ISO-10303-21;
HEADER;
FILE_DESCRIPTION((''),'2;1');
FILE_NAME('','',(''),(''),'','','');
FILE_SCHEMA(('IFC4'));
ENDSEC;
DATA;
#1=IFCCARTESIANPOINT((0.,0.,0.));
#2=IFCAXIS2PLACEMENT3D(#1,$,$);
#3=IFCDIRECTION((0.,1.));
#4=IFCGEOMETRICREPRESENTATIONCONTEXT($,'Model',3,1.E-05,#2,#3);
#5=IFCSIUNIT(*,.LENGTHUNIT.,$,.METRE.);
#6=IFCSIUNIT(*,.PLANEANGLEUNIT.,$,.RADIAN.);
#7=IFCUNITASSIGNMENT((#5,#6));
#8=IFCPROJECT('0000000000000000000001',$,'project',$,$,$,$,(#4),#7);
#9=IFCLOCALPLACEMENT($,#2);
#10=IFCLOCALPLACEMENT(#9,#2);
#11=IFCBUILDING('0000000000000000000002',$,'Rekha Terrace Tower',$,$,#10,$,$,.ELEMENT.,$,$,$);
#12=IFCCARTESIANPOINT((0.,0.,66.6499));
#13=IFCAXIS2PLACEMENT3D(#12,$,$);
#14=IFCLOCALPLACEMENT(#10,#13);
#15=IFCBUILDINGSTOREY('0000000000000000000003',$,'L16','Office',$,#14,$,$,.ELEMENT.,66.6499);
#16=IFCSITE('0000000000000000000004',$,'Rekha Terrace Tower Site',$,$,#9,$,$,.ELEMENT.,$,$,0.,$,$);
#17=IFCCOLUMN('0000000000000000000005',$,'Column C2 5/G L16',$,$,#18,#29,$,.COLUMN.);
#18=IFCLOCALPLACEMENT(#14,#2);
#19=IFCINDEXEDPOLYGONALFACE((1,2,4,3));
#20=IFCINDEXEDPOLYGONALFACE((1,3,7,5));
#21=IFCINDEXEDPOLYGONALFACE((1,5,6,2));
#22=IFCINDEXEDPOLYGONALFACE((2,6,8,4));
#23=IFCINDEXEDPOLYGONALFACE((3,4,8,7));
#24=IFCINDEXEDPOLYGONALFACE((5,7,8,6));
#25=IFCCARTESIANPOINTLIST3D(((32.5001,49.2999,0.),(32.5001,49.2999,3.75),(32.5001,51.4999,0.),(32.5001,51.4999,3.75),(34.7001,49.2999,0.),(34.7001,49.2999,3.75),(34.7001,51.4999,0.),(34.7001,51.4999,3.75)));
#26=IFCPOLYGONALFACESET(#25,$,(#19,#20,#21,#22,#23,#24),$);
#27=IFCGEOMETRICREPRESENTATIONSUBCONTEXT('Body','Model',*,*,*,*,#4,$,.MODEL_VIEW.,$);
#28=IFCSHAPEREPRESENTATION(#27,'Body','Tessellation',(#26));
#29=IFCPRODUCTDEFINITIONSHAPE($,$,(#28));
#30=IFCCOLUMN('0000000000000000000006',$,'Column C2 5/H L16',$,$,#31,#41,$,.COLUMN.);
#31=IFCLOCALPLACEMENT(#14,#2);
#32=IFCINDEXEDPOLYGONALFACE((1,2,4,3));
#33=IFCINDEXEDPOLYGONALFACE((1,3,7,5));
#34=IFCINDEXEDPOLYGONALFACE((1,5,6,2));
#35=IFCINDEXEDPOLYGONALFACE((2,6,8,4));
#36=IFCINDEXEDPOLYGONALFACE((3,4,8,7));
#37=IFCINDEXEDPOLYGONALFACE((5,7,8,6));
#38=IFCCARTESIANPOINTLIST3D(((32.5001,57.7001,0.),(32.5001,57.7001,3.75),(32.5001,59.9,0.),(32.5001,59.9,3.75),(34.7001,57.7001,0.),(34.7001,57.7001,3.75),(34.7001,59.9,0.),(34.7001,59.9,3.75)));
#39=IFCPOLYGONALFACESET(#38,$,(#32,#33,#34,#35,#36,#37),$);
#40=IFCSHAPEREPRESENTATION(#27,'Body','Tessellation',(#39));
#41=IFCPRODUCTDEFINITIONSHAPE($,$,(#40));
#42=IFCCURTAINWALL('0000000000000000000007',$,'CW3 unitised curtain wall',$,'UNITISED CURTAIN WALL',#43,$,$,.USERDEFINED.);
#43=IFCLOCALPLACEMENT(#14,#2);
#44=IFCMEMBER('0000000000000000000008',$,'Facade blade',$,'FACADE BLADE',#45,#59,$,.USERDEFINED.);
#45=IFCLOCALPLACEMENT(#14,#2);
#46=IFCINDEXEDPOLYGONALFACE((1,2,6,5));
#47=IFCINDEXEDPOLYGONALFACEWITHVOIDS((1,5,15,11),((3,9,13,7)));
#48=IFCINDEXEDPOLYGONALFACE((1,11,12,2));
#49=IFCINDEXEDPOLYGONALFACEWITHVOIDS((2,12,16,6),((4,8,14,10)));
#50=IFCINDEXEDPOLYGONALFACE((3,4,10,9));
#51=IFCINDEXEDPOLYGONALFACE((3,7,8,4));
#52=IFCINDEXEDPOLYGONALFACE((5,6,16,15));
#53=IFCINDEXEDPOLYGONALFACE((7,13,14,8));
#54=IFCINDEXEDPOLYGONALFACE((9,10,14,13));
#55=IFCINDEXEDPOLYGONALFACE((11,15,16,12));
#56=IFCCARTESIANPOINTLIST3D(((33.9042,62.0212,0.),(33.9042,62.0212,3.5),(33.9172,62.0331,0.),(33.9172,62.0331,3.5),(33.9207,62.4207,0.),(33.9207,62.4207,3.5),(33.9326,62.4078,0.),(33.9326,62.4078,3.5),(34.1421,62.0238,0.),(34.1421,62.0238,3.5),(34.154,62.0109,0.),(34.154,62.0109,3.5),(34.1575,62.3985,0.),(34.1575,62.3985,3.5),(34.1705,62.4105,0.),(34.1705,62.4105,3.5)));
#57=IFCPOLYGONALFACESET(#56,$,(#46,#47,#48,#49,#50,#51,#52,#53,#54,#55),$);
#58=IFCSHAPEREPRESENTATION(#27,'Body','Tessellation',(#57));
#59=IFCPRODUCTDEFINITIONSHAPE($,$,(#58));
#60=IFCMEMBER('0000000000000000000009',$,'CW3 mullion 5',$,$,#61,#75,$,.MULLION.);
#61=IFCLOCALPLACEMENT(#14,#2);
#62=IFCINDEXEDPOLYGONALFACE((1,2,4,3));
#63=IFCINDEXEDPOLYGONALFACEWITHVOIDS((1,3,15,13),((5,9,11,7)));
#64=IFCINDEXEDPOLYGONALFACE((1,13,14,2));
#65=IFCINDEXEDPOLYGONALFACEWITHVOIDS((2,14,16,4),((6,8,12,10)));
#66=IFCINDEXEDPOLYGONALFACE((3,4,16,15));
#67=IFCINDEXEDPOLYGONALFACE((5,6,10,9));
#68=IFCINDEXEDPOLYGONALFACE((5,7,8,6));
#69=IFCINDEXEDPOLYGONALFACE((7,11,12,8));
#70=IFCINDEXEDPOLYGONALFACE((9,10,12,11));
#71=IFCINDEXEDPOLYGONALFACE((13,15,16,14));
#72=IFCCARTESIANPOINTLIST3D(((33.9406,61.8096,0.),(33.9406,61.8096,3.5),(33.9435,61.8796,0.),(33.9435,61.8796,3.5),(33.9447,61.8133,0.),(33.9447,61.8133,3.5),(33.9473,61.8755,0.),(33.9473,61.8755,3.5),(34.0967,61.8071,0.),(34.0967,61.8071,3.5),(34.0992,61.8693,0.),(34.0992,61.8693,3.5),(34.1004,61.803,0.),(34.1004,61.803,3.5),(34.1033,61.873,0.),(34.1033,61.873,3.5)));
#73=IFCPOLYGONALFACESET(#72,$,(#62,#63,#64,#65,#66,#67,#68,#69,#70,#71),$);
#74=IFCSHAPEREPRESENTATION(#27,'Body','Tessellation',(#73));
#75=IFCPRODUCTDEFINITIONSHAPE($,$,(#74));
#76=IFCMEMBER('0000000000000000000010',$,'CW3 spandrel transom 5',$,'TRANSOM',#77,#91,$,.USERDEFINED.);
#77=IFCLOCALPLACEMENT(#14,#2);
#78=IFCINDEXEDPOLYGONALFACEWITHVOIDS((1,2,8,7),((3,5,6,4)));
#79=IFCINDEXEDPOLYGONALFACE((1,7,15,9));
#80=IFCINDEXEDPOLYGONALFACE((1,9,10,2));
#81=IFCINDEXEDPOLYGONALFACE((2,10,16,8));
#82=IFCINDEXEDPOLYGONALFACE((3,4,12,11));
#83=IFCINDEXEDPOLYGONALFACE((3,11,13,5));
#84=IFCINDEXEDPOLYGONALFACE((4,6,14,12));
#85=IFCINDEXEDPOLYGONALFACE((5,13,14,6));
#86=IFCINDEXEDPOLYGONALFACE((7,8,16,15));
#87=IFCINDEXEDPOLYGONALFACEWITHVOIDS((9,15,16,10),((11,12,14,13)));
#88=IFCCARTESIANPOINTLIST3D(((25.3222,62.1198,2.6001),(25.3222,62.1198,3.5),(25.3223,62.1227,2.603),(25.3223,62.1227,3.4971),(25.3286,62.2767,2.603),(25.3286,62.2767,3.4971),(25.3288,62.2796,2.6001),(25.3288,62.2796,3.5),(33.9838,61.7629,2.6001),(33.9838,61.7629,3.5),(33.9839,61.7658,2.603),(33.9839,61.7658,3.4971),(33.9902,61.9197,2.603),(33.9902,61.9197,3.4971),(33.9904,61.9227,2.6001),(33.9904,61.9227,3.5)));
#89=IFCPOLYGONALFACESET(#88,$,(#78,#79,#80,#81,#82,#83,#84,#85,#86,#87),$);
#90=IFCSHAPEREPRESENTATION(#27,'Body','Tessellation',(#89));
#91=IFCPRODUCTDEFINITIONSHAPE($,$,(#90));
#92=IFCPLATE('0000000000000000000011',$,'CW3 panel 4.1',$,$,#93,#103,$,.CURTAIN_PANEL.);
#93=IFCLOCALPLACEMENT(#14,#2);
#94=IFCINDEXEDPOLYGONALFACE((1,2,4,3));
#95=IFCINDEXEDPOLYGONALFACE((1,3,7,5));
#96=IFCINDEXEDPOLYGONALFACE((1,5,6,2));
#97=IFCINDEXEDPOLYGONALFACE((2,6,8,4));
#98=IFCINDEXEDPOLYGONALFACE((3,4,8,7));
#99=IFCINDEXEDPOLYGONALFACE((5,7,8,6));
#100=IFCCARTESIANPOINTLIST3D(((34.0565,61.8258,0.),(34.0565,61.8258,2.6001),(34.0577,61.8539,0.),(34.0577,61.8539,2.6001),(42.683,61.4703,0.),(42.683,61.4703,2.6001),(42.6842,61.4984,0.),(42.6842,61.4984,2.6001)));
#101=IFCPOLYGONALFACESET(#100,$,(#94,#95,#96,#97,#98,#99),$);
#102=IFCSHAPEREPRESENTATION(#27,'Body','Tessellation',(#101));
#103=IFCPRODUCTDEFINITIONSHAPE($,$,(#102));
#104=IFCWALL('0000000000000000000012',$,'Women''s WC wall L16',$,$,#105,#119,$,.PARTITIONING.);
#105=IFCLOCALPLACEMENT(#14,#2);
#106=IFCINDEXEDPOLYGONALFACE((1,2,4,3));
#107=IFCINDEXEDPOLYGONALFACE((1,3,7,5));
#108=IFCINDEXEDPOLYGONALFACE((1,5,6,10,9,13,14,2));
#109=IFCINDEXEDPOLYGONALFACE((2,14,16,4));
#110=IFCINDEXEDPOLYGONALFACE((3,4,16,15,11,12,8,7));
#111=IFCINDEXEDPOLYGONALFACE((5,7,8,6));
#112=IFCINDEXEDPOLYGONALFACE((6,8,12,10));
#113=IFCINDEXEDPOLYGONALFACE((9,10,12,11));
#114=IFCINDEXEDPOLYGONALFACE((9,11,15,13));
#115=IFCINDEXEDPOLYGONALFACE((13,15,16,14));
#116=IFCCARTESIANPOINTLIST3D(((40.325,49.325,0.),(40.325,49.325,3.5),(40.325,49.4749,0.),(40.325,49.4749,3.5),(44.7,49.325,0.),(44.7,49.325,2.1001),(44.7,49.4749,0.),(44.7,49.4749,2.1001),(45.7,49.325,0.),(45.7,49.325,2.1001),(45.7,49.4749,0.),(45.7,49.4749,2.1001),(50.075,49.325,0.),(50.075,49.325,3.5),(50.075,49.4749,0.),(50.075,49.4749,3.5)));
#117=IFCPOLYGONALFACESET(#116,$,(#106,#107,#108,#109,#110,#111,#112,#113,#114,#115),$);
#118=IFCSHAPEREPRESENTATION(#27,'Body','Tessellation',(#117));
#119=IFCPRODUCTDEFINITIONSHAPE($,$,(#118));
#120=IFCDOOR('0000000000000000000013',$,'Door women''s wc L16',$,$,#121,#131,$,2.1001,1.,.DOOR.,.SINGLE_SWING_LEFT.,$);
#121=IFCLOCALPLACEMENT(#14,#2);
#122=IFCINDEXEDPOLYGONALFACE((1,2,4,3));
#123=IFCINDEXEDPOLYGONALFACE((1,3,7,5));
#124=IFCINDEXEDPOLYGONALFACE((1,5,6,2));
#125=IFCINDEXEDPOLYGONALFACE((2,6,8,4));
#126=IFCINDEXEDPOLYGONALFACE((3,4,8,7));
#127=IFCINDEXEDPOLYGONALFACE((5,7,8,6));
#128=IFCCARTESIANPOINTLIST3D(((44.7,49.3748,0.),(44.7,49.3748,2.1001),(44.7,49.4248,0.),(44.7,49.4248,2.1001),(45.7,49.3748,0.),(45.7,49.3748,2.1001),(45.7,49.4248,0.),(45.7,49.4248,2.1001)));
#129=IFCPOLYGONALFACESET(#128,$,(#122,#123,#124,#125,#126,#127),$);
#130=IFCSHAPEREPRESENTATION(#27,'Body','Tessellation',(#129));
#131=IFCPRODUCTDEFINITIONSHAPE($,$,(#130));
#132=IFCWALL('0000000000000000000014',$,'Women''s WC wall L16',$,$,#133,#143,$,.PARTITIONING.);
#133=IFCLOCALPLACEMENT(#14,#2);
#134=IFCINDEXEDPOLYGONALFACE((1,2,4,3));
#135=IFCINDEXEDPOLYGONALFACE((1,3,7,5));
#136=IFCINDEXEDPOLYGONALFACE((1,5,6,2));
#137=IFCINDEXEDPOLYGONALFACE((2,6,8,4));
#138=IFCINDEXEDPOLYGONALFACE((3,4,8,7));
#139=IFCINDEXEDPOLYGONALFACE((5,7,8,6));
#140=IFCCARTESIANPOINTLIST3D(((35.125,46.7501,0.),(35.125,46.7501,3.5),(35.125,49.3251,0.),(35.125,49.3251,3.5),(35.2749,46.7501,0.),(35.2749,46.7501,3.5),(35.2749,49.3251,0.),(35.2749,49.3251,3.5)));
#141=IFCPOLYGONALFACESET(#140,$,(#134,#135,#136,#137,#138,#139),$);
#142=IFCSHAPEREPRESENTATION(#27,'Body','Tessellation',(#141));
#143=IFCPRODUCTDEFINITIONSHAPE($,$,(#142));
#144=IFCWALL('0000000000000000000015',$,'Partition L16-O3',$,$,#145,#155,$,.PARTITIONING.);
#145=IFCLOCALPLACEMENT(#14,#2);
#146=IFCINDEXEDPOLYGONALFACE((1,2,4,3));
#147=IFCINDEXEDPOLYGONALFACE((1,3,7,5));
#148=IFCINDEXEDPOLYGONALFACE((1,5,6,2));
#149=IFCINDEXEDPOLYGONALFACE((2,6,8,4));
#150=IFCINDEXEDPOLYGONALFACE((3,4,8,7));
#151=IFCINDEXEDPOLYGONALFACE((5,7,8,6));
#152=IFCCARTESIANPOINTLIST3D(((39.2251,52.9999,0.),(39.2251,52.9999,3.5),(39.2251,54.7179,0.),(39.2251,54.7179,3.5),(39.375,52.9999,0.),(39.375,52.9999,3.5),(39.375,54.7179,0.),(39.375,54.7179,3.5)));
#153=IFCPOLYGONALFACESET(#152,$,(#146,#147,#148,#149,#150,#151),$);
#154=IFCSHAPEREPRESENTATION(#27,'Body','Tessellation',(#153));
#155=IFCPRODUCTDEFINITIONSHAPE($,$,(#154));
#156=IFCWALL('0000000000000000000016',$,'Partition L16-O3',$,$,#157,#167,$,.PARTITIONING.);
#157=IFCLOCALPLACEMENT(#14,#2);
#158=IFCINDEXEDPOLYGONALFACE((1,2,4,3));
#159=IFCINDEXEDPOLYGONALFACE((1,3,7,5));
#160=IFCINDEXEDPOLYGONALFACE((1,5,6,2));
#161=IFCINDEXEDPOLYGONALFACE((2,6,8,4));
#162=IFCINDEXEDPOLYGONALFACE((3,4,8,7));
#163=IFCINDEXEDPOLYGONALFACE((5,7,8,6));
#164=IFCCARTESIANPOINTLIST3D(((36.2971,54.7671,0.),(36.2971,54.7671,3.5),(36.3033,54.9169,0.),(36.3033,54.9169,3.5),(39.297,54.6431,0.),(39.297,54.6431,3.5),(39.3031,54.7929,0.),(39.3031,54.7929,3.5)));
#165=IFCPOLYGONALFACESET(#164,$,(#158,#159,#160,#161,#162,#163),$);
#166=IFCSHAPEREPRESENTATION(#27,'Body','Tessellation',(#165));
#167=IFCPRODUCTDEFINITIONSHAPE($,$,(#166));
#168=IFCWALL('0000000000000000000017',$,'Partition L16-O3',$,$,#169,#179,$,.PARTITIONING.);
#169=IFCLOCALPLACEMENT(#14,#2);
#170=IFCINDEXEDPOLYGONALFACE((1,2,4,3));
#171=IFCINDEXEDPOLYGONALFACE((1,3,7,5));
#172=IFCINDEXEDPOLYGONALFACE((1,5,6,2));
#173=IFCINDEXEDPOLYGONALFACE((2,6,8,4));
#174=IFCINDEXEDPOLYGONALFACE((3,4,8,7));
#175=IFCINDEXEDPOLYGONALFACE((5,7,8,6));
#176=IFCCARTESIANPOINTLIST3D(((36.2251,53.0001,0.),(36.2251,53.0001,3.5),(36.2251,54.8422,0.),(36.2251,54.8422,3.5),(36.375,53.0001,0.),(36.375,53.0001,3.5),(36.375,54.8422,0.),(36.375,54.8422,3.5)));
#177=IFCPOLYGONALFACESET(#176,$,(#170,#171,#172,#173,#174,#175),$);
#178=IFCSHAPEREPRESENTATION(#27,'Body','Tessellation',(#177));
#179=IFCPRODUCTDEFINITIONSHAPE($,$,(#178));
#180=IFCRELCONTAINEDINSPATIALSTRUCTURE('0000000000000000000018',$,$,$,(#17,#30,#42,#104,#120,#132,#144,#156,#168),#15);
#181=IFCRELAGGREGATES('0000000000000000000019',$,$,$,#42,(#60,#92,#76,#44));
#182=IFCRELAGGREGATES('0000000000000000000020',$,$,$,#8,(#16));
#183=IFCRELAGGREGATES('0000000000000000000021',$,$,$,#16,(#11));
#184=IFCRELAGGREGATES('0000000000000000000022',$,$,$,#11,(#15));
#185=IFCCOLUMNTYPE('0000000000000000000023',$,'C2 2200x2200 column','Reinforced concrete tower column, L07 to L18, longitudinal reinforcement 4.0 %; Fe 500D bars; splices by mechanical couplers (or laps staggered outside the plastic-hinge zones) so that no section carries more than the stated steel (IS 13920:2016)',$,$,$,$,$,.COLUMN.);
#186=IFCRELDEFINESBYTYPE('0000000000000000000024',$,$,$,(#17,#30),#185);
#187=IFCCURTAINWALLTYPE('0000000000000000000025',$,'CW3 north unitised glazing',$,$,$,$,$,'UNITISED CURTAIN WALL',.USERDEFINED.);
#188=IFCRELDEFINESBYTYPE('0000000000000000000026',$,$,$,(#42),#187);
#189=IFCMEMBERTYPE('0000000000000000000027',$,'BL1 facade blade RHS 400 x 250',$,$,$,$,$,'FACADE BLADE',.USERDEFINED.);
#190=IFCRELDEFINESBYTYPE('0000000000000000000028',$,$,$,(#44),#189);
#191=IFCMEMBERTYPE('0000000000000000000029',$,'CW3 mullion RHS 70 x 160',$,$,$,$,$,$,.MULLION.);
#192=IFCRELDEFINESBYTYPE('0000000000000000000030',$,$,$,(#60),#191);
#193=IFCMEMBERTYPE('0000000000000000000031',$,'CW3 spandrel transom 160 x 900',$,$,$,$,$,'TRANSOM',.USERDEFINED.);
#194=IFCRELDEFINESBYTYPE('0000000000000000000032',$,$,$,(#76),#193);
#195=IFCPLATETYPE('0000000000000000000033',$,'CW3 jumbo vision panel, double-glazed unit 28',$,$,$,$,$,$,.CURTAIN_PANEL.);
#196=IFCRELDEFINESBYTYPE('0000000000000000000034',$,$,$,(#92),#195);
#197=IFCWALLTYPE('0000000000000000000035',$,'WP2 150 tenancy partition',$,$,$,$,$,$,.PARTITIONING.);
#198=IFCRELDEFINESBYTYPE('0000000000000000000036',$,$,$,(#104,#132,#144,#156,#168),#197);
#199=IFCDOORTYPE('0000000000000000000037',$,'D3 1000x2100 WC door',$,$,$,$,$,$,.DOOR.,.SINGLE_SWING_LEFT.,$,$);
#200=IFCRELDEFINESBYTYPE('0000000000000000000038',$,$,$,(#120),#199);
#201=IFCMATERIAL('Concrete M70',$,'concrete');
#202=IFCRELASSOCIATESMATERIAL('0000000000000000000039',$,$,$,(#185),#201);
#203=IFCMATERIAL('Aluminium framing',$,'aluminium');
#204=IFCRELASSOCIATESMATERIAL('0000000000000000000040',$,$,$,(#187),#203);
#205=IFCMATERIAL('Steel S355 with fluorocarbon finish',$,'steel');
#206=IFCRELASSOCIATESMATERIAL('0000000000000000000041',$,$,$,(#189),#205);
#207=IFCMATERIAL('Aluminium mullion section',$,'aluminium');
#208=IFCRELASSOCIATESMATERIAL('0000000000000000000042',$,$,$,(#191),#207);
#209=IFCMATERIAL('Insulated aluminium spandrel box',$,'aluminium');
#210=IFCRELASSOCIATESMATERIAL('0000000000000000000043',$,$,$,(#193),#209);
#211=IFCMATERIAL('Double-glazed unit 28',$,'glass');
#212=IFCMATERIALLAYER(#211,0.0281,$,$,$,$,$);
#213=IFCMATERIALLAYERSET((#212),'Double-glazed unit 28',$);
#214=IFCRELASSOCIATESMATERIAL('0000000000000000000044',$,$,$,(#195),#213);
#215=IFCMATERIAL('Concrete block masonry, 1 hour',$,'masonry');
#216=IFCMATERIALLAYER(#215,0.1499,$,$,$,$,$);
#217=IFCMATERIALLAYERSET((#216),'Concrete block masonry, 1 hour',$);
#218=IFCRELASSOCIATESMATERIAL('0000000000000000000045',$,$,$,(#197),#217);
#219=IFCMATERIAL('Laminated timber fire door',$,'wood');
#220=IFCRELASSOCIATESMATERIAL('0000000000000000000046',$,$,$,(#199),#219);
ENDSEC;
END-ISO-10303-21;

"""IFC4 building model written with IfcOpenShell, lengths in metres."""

from ifc_helpers import new_model, si_unit, direction, frame, frame_2d, origin, origin_2d, place, context, subcontext, project, spatial, rectangle, hollow_rectangle, extrude, material, layer, layer_set, material_profile, profile_set, type_object, element, fill, aggregate, save


model = new_model("IFC4")

# Units and contexts
model_context = context("Model", 3, precision=1e-05, world=origin(), true_north=direction((0.0, 1.0)))
body_context = subcontext(model_context, "Body", "Model", "MODEL_VIEW")
ifc_project = project(units=[si_unit("LENGTHUNIT", "METRE"), si_unit("PLANEANGLEUNIT", "RADIAN")], contexts=[model_context])

# Site, building, storey
site_placement = place(None, origin())
site = spatial("IfcSite", under=ifc_project, at=site_placement, Name="Rekha Terrace Tower Site", CompositionType="ELEMENT", RefElevation=0.0)
building_placement = place(site_placement, origin())
building = spatial("IfcBuilding", under=site, at=building_placement, Name="Rekha Terrace Tower", CompositionType="ELEMENT")
storey_placement = place(building_placement, frame((0.0, 0.0, 66.6499)))
storey = spatial("IfcBuildingStorey", under=building, at=storey_placement, Name="L16", Description="Office", CompositionType="ELEMENT", Elevation=66.6499)

# Columns
ifc_material_1 = material(Name="Concrete M70", Category="concrete")
ifc_material_profile_1 = material_profile(ifc_material_1, rectangle(XDim=2.2, YDim=2.2, at=origin_2d()), Name="RC 2200x2200")
ifc_profile_set_1 = profile_set([ifc_material_profile_1], Name="Concrete M70")
column_type = type_object("IfcColumnType", Name="C2 2200x2200 column", Description="Reinforced concrete tower column, L07 to L18, longitudinal reinforcement 4.0 %; Fe 500D bars; splices by mechanical couplers (or laps staggered outside the plastic-hinge zones) so that no section carries more than the stated steel (IS 13920:2016)", PredefinedType="COLUMN", material=ifc_profile_set_1)
for number, where, z_axis, x_axis, name in (
    (1, (33.6001, 50.3999, 0.0), (0.0, 0.0, 1.0), (1.0, 0.0, 0.0), "Column C2 5/G L16"),
    (2, (33.6001, 58.8, 0.0), (0.0, 0.0, 1.0), (1.0, 0.0, 0.0), "Column C2 5/H L16"),
):
    element("IfcColumn", number, at=place(storey_placement, frame(where, z_axis=z_axis, x_axis=x_axis)), inside=storey, type_object=column_type, Name=name, PredefinedType="COLUMN", context=body_context, shape_type="SweptSolid", body=[
        extrude(rectangle(XDim=2.2, YDim=2.2, at=origin_2d()), origin(), (0.0, 0.0, 1.0), 3.75),
    ])

# Curtain wall, members, plate
ifc_material_2 = material(Name="Aluminium framing", Category="aluminium")
curtain_wall_type = type_object("IfcCurtainWallType", Name="CW3 north unitised glazing", ElementType="UNITISED CURTAIN WALL", PredefinedType="USERDEFINED", material=ifc_material_2)
curtain_wall_placement = place(storey_placement, origin())
curtain_wall = element("IfcCurtainWall", 3, at=curtain_wall_placement, inside=storey, type_object=curtain_wall_type, Name="CW3 unitised curtain wall", ObjectType="UNITISED CURTAIN WALL", PredefinedType="USERDEFINED")
ifc_material_3 = material(Name="Steel S355 with fluorocarbon finish", Category="steel")
ifc_material_profile_2 = material_profile(ifc_material_3, hollow_rectangle(XDim=0.25, YDim=0.3999, WallThickness=0.0125, at=origin_2d()), Name="RHS400x250x12.5")
ifc_profile_set_2 = profile_set([ifc_material_profile_2], Name="Steel S355 with fluorocarbon finish")
member_type_1 = type_object("IfcMemberType", Name="BL1 facade blade RHS 400 x 250", ElementType="FACADE BLADE", PredefinedType="USERDEFINED", material=ifc_profile_set_2)
member_1_placement = place(storey_placement, frame((34.0374, 62.2158, 0.0), z_axis=(0.0, 0.0, 1.0), x_axis=(-0.999152, 0.041175, 0.0)))
member_1 = element("IfcMember", 4, at=member_1_placement, type_object=member_type_1, Name="Facade blade", ObjectType="FACADE BLADE", PredefinedType="USERDEFINED", context=body_context, shape_type="SweptSolid", body=[
    extrude(hollow_rectangle(XDim=0.25, YDim=0.3999, WallThickness=0.0125, at=origin_2d()), origin(), (0.0, 0.0, 1.0), 3.5),
])
ifc_material_4 = material(Name="Aluminium mullion section", Category="aluminium")
ifc_material_profile_3 = material_profile(ifc_material_4, hollow_rectangle(XDim=0.0701, YDim=0.1599, WallThickness=0.0039, at=origin_2d()), Name="AL RHS 70x160")
ifc_profile_set_3 = profile_set([ifc_material_profile_3], Name="Aluminium mullion section")
member_type_2 = type_object("IfcMemberType", Name="CW3 mullion RHS 70 x 160", PredefinedType="MULLION", material=ifc_profile_set_3)
member_2_placement = place(storey_placement, frame((34.022, 61.8413, 0.0), z_axis=(0.0, 0.0, 1.0), x_axis=(-0.041174, -0.999152, 0.0)))
member_2 = element("IfcMember", 5, at=member_2_placement, type_object=member_type_2, Name="CW3 mullion 5", PredefinedType="MULLION", context=body_context, shape_type="SweptSolid", body=[
    extrude(hollow_rectangle(XDim=0.0701, YDim=0.1599, WallThickness=0.0039, at=origin_2d()), origin(), (0.0, 0.0, 1.0), 3.5),
])
ifc_material_5 = material(Name="Insulated aluminium spandrel box", Category="aluminium")
ifc_material_profile_4 = material_profile(ifc_material_5, hollow_rectangle(XDim=0.1599, YDim=0.8999, WallThickness=0.0029, at=origin_2d()), Name="AL SPANDREL BOX 160x900")
ifc_profile_set_4 = profile_set([ifc_material_profile_4], Name="Insulated aluminium spandrel box")
member_type_3 = type_object("IfcMemberType", Name="CW3 spandrel transom 160 x 900", ElementType="TRANSOM", PredefinedType="USERDEFINED", material=ifc_profile_set_4)
member_3_placement = place(storey_placement, frame((33.9871, 61.8428, 3.05), z_axis=(-0.999152, 0.041174, 0.0), x_axis=(-0.041174, -0.999152, 0.0)))
member_3 = element("IfcMember", 6, at=member_3_placement, type_object=member_type_3, Name="CW3 spandrel transom 5", ObjectType="TRANSOM", PredefinedType="USERDEFINED", context=body_context, shape_type="SweptSolid", body=[
    extrude(hollow_rectangle(XDim=0.1599, YDim=0.8999, WallThickness=0.0029, at=origin_2d()), origin(), (0.0, 0.0, 1.0), 8.6689),
])
ifc_material_6 = material(Name="Double-glazed unit 28", Category="glass")
ifc_layer_1 = layer(ifc_material_6, 0.0281)
ifc_layer_set_1 = layer_set([ifc_layer_1], Name="Double-glazed unit 28")
plate_type = type_object("IfcPlateType", Name="CW3 jumbo vision panel, double-glazed unit 28", PredefinedType="CURTAIN_PANEL", material=ifc_layer_set_1)
plate_placement = place(storey_placement, frame((38.3704, 61.6621, 0.0), z_axis=(0.0, 0.0, 1.0), x_axis=(-0.999152, 0.041174, 0.0)))
plate = element("IfcPlate", 7, at=plate_placement, type_object=plate_type, Name="CW3 panel 4.1", PredefinedType="CURTAIN_PANEL", context=body_context, shape_type="SweptSolid", body=[
    extrude(rectangle(XDim=8.6338, YDim=0.0281, at=origin_2d()), origin(), (0.0, 0.0, 1.0), 2.6001),
])
aggregate(curtain_wall, [member_2, plate, member_3, member_1])

# Wall, opening, door
ifc_material_7 = material(Name="Concrete block masonry, 1 hour", Category="masonry")
ifc_layer_2 = layer(ifc_material_7, 0.1499)
ifc_layer_set_2 = layer_set([ifc_layer_2], Name="Concrete block masonry, 1 hour")
wall_type_1 = type_object("IfcWallType", Name="WP2 150 tenancy partition", PredefinedType="PARTITIONING", material=ifc_layer_set_2)
wall_1_placement = place(storey_placement, frame((40.325, 49.3999, 0.0), z_axis=(0.0, 0.0, 1.0), x_axis=(1.0, 0.0, 0.0)))
wall_1 = element("IfcWall", 8, at=wall_1_placement, inside=storey, type_object=wall_type_1, Name="Women's WC wall L16", PredefinedType="PARTITIONING", context=body_context, shape_type="SweptSolid", body=[
    extrude(rectangle(XDim=9.75, YDim=0.1499, at=frame_2d((4.875, 0.0))), origin(), (0.0, 0.0, 1.0), 3.5),
])
opening_1_placement = place(wall_1_placement, frame((4.375, 0.0, 0.0)))
opening_1 = element("IfcOpeningElement", 9, at=opening_1_placement, cuts=wall_1, PredefinedType="OPENING", context=body_context, shape_type="SweptSolid", body=[
    extrude(rectangle(XDim=1.0, YDim=2.1001, at=frame_2d((0.5, 1.05))), frame((0.0, 0.085, 0.0), z_axis=(0.0, -1.0, 0.0), x_axis=(1.0, 0.0, 0.0)), (0.0, 0.0, 1.0), 0.1699),
])
ifc_material_8 = material(Name="Laminated timber fire door", Category="wood")
door_type_1 = type_object("IfcDoorType", Name="D3 1000x2100 WC door", OperationType="SINGLE_SWING_LEFT", PredefinedType="DOOR", material=ifc_material_8)
door_1_placement = place(opening_1_placement, origin())
door_1 = element("IfcDoor", 10, at=door_1_placement, inside=storey, type_object=door_type_1, Name="Door women's wc L16", OperationType="SINGLE_SWING_LEFT", OverallHeight=2.1001, OverallWidth=1.0, PredefinedType="DOOR", context=body_context, shape_type="SweptSolid", body=[
    extrude(rectangle(XDim=1.0, YDim=2.1001, at=frame_2d((0.5, 1.05))), frame((0.0, 0.0249, 0.0), z_axis=(0.0, -1.0, 0.0), x_axis=(1.0, 0.0, 0.0)), (0.0, 0.0, 1.0), 0.05),
])
fill(opening_1, door_1)

# Walls
wall_2_placement = place(storey_placement, frame((35.2, 46.75, 0.0), z_axis=(0.0, 0.0, 1.0), x_axis=(0.0, 1.0, 0.0)))
element("IfcWall", 11, at=wall_2_placement, inside=storey, type_object=wall_type_1, Name="Women's WC wall L16", PredefinedType="PARTITIONING", context=body_context, shape_type="SweptSolid", body=[
    extrude(rectangle(XDim=2.575, YDim=0.1499, at=frame_2d((1.2876, 0.0))), origin(), (0.0, 0.0, 1.0), 3.5),
])
wall_3_placement = place(storey_placement, frame((39.3, 53.0, 0.0), z_axis=(0.0, 0.0, 1.0), x_axis=(0.0, 1.0, 0.0)))
element("IfcWall", 12, at=wall_3_placement, inside=storey, type_object=wall_type_1, Name="Partition L16-O3", PredefinedType="PARTITIONING", context=body_context, shape_type="SweptSolid", body=[
    extrude(rectangle(XDim=1.718, YDim=0.1499, at=frame_2d((0.8589, 0.0))), origin(), (0.0, 0.0, 1.0), 3.5),
])
wall_4_placement = place(storey_placement, frame((39.3, 54.718, 0.0), z_axis=(0.0, 0.0, 1.0), x_axis=(-0.999147, 0.041306, 0.0)))
element("IfcWall", 13, at=wall_4_placement, inside=storey, type_object=wall_type_1, Name="Partition L16-O3", PredefinedType="PARTITIONING", context=body_context, shape_type="SweptSolid", body=[
    extrude(rectangle(XDim=3.0024, YDim=0.1499, at=frame_2d((1.5012, 0.0))), origin(), (0.0, 0.0, 1.0), 3.5),
])
wall_5_placement = place(storey_placement, frame((36.3, 54.842, 0.0), z_axis=(0.0, 0.0, 1.0), x_axis=(0.0, -1.0, 0.0)))
element("IfcWall", 14, at=wall_5_placement, inside=storey, type_object=wall_type_1, Name="Partition L16-O3", PredefinedType="PARTITIONING", context=body_context, shape_type="SweptSolid", body=[
    extrude(rectangle(XDim=1.842, YDim=0.1499, at=frame_2d((0.9209, 0.0))), origin(), (0.0, 0.0, 1.0), 3.5),
])

save(model, "model.ifc")
